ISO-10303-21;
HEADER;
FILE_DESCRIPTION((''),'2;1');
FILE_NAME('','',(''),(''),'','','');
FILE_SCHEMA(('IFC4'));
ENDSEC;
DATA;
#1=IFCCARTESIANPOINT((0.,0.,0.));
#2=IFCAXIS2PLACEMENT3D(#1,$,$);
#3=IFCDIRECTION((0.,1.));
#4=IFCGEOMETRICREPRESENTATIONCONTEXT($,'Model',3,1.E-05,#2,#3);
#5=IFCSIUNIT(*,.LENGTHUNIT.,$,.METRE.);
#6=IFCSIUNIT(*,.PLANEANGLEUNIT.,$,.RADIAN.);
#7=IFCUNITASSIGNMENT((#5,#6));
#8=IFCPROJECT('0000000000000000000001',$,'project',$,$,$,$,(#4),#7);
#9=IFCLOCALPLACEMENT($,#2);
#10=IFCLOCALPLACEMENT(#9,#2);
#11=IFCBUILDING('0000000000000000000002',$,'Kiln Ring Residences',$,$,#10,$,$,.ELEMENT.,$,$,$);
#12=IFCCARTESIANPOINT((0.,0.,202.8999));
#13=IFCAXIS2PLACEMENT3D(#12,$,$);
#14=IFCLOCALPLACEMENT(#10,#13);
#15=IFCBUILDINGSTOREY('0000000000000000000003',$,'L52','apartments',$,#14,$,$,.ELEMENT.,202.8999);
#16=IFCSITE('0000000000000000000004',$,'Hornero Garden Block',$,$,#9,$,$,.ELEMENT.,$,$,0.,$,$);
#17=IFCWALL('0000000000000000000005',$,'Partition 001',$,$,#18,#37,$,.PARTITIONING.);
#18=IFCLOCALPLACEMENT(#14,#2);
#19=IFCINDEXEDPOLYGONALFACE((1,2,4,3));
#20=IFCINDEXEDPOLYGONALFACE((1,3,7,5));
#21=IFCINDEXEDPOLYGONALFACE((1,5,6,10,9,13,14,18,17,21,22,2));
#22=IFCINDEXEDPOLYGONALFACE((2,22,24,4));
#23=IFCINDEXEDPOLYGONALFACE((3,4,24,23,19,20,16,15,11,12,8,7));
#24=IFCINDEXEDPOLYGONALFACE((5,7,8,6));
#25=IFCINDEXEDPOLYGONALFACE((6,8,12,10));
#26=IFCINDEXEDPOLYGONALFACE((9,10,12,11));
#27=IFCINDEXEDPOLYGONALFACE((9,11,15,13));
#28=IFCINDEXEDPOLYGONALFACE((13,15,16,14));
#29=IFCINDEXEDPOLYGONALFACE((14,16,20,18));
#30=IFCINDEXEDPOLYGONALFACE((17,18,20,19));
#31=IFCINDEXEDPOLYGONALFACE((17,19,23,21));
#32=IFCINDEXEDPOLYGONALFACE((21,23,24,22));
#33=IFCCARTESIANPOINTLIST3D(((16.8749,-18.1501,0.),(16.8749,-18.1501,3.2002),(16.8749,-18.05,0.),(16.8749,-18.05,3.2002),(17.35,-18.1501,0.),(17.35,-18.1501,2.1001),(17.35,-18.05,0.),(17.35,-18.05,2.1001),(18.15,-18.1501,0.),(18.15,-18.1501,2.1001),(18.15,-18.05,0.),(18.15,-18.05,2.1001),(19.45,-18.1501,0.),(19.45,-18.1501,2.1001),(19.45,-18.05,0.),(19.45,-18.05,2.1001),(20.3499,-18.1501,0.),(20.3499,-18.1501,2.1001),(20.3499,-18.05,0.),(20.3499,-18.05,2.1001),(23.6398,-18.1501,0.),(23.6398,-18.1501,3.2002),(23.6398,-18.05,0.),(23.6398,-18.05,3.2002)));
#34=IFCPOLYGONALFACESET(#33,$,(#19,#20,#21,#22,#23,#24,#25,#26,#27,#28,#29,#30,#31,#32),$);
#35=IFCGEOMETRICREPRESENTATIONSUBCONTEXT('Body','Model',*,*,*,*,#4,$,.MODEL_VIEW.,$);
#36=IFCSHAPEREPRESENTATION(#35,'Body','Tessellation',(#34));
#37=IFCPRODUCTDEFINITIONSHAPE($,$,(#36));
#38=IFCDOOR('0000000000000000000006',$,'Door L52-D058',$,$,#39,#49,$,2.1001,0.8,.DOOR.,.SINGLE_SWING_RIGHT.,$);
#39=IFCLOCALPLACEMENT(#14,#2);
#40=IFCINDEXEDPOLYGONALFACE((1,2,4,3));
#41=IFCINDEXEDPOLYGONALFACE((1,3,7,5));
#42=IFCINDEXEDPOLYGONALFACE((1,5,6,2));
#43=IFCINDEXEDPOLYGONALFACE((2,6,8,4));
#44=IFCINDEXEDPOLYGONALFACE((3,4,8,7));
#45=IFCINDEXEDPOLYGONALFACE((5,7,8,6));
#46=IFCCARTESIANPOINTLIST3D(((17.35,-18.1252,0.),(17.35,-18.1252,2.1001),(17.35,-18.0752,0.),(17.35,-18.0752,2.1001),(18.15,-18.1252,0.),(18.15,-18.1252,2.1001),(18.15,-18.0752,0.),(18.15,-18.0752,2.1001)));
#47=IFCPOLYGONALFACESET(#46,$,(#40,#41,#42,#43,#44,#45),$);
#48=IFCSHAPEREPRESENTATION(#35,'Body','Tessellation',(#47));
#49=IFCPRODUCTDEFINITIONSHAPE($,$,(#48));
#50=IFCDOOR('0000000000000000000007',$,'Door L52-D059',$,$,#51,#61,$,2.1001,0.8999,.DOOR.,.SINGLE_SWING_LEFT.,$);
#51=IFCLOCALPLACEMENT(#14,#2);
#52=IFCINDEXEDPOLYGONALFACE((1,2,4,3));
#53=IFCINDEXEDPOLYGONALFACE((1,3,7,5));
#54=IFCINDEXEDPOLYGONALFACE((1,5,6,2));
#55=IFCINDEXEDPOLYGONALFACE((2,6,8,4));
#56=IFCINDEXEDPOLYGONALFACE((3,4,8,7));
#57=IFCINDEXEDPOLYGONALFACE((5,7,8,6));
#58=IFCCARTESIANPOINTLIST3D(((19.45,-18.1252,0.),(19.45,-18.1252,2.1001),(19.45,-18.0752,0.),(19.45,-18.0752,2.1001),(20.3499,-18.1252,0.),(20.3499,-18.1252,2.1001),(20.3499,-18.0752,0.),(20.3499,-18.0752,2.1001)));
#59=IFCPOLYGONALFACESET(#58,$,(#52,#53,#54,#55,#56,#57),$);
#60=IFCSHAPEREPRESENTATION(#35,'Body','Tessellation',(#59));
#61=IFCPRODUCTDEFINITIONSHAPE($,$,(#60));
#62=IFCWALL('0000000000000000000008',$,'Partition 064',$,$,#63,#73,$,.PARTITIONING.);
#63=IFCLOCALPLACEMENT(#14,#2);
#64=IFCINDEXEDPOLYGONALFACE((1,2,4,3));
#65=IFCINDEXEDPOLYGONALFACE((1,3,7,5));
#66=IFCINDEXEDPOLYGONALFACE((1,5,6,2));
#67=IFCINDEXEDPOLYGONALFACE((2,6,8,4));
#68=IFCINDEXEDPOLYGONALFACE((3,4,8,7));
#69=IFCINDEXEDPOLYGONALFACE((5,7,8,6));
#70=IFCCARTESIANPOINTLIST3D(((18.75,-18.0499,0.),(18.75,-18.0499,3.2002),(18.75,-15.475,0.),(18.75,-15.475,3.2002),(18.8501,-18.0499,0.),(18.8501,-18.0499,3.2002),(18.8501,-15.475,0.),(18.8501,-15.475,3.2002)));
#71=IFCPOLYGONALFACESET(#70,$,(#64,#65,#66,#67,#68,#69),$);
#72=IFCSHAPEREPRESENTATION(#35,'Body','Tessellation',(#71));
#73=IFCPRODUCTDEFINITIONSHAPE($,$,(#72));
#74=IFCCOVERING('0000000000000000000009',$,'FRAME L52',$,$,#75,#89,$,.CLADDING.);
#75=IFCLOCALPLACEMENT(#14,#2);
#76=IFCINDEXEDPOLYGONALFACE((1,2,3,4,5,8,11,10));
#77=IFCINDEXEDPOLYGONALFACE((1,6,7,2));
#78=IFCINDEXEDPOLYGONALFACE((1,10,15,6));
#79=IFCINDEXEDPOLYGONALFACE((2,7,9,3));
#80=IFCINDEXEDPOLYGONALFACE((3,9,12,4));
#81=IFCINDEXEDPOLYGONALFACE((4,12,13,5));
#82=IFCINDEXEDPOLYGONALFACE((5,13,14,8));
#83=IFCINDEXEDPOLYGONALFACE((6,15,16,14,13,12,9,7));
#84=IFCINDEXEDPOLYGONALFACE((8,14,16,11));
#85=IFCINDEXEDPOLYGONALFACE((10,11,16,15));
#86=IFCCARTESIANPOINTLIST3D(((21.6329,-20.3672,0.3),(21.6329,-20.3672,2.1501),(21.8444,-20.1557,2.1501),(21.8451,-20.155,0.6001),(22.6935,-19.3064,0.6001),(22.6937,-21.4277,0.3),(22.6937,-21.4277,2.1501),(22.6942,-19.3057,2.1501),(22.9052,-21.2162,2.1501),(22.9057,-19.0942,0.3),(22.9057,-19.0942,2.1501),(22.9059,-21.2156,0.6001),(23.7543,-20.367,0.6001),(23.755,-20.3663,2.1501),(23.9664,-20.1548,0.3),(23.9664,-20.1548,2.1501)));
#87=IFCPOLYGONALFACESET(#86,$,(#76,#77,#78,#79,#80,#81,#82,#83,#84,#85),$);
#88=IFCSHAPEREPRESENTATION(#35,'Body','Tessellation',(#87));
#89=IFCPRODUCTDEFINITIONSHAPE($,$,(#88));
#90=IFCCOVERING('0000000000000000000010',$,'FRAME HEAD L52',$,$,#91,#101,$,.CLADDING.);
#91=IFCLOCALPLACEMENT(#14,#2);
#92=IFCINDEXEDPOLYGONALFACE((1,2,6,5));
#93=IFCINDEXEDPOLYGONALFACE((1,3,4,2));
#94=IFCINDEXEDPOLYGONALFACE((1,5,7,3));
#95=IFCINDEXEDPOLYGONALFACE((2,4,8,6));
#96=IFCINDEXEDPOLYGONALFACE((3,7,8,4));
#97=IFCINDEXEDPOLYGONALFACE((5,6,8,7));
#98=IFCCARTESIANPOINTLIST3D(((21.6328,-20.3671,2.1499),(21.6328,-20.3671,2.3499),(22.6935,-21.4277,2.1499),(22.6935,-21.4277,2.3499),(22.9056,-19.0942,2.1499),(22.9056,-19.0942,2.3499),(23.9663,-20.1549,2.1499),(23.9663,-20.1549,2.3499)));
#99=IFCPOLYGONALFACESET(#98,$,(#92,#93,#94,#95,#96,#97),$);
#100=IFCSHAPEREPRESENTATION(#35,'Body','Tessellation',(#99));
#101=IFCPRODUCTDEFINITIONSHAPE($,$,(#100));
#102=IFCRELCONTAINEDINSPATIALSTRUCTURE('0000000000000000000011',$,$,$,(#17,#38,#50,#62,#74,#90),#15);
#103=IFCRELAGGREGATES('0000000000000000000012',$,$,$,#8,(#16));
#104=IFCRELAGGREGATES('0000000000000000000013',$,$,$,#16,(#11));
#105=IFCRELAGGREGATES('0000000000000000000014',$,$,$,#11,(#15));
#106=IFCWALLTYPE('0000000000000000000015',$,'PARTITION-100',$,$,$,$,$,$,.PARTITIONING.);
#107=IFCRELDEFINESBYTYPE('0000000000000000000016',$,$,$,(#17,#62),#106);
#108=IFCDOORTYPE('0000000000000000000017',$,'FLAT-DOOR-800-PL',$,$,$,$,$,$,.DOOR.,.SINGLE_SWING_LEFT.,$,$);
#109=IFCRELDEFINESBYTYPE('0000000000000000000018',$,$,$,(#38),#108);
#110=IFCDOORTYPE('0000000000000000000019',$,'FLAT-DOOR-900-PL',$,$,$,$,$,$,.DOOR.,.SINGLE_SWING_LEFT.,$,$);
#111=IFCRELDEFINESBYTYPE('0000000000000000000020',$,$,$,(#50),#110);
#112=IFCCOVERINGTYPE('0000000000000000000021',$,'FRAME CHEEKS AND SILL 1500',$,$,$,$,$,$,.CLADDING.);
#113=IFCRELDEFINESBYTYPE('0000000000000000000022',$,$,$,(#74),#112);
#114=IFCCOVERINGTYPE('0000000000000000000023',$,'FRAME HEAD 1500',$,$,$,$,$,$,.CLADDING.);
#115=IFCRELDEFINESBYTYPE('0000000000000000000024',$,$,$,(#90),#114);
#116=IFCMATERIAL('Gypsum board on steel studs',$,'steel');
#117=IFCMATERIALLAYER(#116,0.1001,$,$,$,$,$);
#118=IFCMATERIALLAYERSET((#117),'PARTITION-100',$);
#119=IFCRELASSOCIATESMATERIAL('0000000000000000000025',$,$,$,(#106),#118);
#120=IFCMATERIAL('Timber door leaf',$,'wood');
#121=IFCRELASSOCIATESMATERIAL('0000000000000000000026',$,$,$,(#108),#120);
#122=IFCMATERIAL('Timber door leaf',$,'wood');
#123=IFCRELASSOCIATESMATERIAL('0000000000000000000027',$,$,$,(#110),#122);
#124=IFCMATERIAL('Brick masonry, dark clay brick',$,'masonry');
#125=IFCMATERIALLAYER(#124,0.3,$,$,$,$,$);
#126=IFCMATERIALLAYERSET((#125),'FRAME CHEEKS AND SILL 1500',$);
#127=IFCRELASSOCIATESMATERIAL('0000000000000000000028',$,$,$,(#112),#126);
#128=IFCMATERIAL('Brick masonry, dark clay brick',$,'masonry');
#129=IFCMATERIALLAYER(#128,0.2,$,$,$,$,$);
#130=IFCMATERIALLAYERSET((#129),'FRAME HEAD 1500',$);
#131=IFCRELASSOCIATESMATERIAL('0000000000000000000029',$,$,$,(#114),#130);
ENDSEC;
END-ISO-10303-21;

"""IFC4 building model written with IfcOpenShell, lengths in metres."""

from ifc_helpers import new_model, si_unit, direction, frame, frame_2d, origin, origin_2d, place, context, subcontext, project, spatial, polyline, rectangle, outline, extrude, material, layer, layer_set, type_object, element, fill, save


model = new_model("IFC4")

# Units and contexts
model_context = context("Model", 3, precision=1e-05, world=origin(), true_north=direction((0.0, 1.0)))
body_context = subcontext(model_context, "Body", "Model", "MODEL_VIEW")
ifc_project = project(units=[si_unit("LENGTHUNIT", "METRE"), si_unit("PLANEANGLEUNIT", "RADIAN")], contexts=[model_context])

# Site, building, storey
site_placement = place(None, origin())
site = spatial("IfcSite", under=ifc_project, at=site_placement, Name="Hornero Garden Block", CompositionType="ELEMENT", RefElevation=0.0)
building_placement = place(site_placement, origin())
building = spatial("IfcBuilding", under=site, at=building_placement, Name="Kiln Ring Residences", CompositionType="ELEMENT")
storey_placement = place(building_placement, frame((0.0, 0.0, 202.8999)))
storey = spatial("IfcBuildingStorey", under=building, at=storey_placement, Name="L52", Description="apartments", CompositionType="ELEMENT", Elevation=202.8999)

# Wall, openings, doors
ifc_material_1 = material(Name="Gypsum board on steel studs", Category="steel")
ifc_layer_1 = layer(ifc_material_1, 0.1001)
ifc_layer_set_1 = layer_set([ifc_layer_1], Name="PARTITION-100")
wall_type_1 = type_object("IfcWallType", Name="PARTITION-100", PredefinedType="PARTITIONING", material=ifc_layer_set_1)
wall_1_placement = place(storey_placement, frame((16.875, -18.1001, 0.0), z_axis=(0.0, 0.0, 1.0), x_axis=(1.0, 0.0, 0.0)))
wall_1 = element("IfcWall", 1, at=wall_1_placement, inside=storey, type_object=wall_type_1, Name="Partition 001", PredefinedType="PARTITIONING", context=body_context, shape_type="SweptSolid", body=[
    extrude(rectangle(XDim=6.7649, YDim=0.1001, at=frame_2d((3.3823, 0.0))), origin(), (0.0, 0.0, 1.0), 3.2002),
])
opening_1_placement = place(wall_1_placement, frame((0.4751, 0.0, 0.0)))
opening_1 = element("IfcOpeningElement", 2, at=opening_1_placement, cuts=wall_1, PredefinedType="OPENING", context=body_context, shape_type="SweptSolid", body=[
    extrude(rectangle(XDim=0.8, YDim=2.1001, at=frame_2d((0.3999, 1.05))), frame((0.0, 0.0601, 0.0), z_axis=(0.0, -1.0, 0.0), x_axis=(1.0, 0.0, 0.0)), (0.0, 0.0, 1.0), 0.1201),
])
opening_2_placement = place(wall_1_placement, frame((2.575, 0.0, 0.0)))
opening_2 = element("IfcOpeningElement", 3, at=opening_2_placement, cuts=wall_1, PredefinedType="OPENING", context=body_context, shape_type="SweptSolid", body=[
    extrude(rectangle(XDim=0.8999, YDim=2.1001, at=frame_2d((0.45, 1.05))), frame((0.0, 0.0601, 0.0), z_axis=(0.0, -1.0, 0.0), x_axis=(1.0, 0.0, 0.0)), (0.0, 0.0, 1.0), 0.1201),
])
ifc_material_2 = material(Name="Timber door leaf", Category="wood")
door_type_1 = type_object("IfcDoorType", Name="FLAT-DOOR-800-PL", OperationType="SINGLE_SWING_LEFT", PredefinedType="DOOR", material=ifc_material_2)
door_1_placement = place(opening_1_placement, origin())
door_1 = element("IfcDoor", 4, at=door_1_placement, inside=storey, type_object=door_type_1, Name="Door L52-D058", OperationType="SINGLE_SWING_RIGHT", OverallHeight=2.1001, OverallWidth=0.8, PredefinedType="DOOR", context=body_context, shape_type="SweptSolid", body=[
    extrude(rectangle(XDim=0.8, YDim=2.1001, at=frame_2d((0.3999, 1.05))), frame((0.0, 0.0249, 0.0), z_axis=(0.0, -1.0, 0.0), x_axis=(1.0, 0.0, 0.0)), (0.0, 0.0, 1.0), 0.05),
])
fill(opening_1, door_1)
ifc_material_3 = material(Name="Timber door leaf", Category="wood")
door_type_2 = type_object("IfcDoorType", Name="FLAT-DOOR-900-PL", OperationType="SINGLE_SWING_LEFT", PredefinedType="DOOR", material=ifc_material_3)
door_2_placement = place(opening_2_placement, origin())
door_2 = element("IfcDoor", 5, at=door_2_placement, inside=storey, type_object=door_type_2, Name="Door L52-D059", OperationType="SINGLE_SWING_LEFT", OverallHeight=2.1001, OverallWidth=0.8999, PredefinedType="DOOR", context=body_context, shape_type="SweptSolid", body=[
    extrude(rectangle(XDim=0.8999, YDim=2.1001, at=frame_2d((0.45, 1.05))), frame((0.0, 0.0249, 0.0), z_axis=(0.0, -1.0, 0.0), x_axis=(1.0, 0.0, 0.0)), (0.0, 0.0, 1.0), 0.05),
])
fill(opening_2, door_2)

# Wall
wall_2_placement = place(storey_placement, frame((18.8, -18.05, 0.0), z_axis=(0.0, 0.0, 1.0), x_axis=(0.0, 1.0, 0.0)))
element("IfcWall", 6, at=wall_2_placement, inside=storey, type_object=wall_type_1, Name="Partition 064", PredefinedType="PARTITIONING", context=body_context, shape_type="SweptSolid", body=[
    extrude(rectangle(XDim=2.575, YDim=0.1001, at=frame_2d((1.2876, 0.0))), origin(), (0.0, 0.0, 1.0), 3.2002),
])

# Coverings
ifc_material_4 = material(Name="Brick masonry, dark clay brick", Category="masonry")
ifc_layer_2 = layer(ifc_material_4, 0.3)
ifc_layer_set_2 = layer_set([ifc_layer_2], Name="FRAME CHEEKS AND SILL 1500")
covering_type_1 = type_object("IfcCoveringType", Name="FRAME CHEEKS AND SILL 1500", PredefinedType="CLADDING", material=ifc_layer_set_2)
covering_1_placement = place(storey_placement, frame((22.1633, -20.8975, 0.3), z_axis=(0.0, 0.0, 1.0), x_axis=(0.707039, 0.707175, 0.0)))
element("IfcCovering", 7, at=covering_1_placement, inside=storey, type_object=covering_type_1, Name="FRAME L52", PredefinedType="CLADDING", context=body_context, shape_type="SweptSolid", body=[
    extrude(outline(polyline([(0.0, 0.0), (1.8, 0.0), (1.8, 1.8501), (1.501, 1.8501), (1.5, 0.3), (0.3, 0.3), (0.2991, 1.8501), (0.0, 1.8501), (0.0, 0.0)])), frame((0.0, 0.75, 0.0), z_axis=(0.0, -1.0, 0.0), x_axis=(1.0, 0.0, 0.0)), (0.0, 0.0, 1.0), 1.5),
])
ifc_material_5 = material(Name="Brick masonry, dark clay brick", Category="masonry")
ifc_layer_3 = layer(ifc_material_5, 0.2)
ifc_layer_set_3 = layer_set([ifc_layer_3], Name="FRAME HEAD 1500")
covering_type_2 = type_object("IfcCoveringType", Name="FRAME HEAD 1500", PredefinedType="CLADDING", material=ifc_layer_set_3)
covering_2_placement = place(storey_placement, frame((22.7996, -20.261, 2.1499), z_axis=(0.0, 0.0, 1.0), x_axis=(0.707107, 0.707107, 0.0)))
element("IfcCovering", 8, at=covering_2_placement, inside=storey, type_object=covering_type_2, Name="FRAME HEAD L52", PredefinedType="CLADDING", context=body_context, shape_type="SweptSolid", body=[
    extrude(rectangle(XDim=1.8, YDim=1.5, at=origin_2d()), origin(), (0.0, 0.0, 1.0), 0.2),
])

save(model, "model.ifc")
